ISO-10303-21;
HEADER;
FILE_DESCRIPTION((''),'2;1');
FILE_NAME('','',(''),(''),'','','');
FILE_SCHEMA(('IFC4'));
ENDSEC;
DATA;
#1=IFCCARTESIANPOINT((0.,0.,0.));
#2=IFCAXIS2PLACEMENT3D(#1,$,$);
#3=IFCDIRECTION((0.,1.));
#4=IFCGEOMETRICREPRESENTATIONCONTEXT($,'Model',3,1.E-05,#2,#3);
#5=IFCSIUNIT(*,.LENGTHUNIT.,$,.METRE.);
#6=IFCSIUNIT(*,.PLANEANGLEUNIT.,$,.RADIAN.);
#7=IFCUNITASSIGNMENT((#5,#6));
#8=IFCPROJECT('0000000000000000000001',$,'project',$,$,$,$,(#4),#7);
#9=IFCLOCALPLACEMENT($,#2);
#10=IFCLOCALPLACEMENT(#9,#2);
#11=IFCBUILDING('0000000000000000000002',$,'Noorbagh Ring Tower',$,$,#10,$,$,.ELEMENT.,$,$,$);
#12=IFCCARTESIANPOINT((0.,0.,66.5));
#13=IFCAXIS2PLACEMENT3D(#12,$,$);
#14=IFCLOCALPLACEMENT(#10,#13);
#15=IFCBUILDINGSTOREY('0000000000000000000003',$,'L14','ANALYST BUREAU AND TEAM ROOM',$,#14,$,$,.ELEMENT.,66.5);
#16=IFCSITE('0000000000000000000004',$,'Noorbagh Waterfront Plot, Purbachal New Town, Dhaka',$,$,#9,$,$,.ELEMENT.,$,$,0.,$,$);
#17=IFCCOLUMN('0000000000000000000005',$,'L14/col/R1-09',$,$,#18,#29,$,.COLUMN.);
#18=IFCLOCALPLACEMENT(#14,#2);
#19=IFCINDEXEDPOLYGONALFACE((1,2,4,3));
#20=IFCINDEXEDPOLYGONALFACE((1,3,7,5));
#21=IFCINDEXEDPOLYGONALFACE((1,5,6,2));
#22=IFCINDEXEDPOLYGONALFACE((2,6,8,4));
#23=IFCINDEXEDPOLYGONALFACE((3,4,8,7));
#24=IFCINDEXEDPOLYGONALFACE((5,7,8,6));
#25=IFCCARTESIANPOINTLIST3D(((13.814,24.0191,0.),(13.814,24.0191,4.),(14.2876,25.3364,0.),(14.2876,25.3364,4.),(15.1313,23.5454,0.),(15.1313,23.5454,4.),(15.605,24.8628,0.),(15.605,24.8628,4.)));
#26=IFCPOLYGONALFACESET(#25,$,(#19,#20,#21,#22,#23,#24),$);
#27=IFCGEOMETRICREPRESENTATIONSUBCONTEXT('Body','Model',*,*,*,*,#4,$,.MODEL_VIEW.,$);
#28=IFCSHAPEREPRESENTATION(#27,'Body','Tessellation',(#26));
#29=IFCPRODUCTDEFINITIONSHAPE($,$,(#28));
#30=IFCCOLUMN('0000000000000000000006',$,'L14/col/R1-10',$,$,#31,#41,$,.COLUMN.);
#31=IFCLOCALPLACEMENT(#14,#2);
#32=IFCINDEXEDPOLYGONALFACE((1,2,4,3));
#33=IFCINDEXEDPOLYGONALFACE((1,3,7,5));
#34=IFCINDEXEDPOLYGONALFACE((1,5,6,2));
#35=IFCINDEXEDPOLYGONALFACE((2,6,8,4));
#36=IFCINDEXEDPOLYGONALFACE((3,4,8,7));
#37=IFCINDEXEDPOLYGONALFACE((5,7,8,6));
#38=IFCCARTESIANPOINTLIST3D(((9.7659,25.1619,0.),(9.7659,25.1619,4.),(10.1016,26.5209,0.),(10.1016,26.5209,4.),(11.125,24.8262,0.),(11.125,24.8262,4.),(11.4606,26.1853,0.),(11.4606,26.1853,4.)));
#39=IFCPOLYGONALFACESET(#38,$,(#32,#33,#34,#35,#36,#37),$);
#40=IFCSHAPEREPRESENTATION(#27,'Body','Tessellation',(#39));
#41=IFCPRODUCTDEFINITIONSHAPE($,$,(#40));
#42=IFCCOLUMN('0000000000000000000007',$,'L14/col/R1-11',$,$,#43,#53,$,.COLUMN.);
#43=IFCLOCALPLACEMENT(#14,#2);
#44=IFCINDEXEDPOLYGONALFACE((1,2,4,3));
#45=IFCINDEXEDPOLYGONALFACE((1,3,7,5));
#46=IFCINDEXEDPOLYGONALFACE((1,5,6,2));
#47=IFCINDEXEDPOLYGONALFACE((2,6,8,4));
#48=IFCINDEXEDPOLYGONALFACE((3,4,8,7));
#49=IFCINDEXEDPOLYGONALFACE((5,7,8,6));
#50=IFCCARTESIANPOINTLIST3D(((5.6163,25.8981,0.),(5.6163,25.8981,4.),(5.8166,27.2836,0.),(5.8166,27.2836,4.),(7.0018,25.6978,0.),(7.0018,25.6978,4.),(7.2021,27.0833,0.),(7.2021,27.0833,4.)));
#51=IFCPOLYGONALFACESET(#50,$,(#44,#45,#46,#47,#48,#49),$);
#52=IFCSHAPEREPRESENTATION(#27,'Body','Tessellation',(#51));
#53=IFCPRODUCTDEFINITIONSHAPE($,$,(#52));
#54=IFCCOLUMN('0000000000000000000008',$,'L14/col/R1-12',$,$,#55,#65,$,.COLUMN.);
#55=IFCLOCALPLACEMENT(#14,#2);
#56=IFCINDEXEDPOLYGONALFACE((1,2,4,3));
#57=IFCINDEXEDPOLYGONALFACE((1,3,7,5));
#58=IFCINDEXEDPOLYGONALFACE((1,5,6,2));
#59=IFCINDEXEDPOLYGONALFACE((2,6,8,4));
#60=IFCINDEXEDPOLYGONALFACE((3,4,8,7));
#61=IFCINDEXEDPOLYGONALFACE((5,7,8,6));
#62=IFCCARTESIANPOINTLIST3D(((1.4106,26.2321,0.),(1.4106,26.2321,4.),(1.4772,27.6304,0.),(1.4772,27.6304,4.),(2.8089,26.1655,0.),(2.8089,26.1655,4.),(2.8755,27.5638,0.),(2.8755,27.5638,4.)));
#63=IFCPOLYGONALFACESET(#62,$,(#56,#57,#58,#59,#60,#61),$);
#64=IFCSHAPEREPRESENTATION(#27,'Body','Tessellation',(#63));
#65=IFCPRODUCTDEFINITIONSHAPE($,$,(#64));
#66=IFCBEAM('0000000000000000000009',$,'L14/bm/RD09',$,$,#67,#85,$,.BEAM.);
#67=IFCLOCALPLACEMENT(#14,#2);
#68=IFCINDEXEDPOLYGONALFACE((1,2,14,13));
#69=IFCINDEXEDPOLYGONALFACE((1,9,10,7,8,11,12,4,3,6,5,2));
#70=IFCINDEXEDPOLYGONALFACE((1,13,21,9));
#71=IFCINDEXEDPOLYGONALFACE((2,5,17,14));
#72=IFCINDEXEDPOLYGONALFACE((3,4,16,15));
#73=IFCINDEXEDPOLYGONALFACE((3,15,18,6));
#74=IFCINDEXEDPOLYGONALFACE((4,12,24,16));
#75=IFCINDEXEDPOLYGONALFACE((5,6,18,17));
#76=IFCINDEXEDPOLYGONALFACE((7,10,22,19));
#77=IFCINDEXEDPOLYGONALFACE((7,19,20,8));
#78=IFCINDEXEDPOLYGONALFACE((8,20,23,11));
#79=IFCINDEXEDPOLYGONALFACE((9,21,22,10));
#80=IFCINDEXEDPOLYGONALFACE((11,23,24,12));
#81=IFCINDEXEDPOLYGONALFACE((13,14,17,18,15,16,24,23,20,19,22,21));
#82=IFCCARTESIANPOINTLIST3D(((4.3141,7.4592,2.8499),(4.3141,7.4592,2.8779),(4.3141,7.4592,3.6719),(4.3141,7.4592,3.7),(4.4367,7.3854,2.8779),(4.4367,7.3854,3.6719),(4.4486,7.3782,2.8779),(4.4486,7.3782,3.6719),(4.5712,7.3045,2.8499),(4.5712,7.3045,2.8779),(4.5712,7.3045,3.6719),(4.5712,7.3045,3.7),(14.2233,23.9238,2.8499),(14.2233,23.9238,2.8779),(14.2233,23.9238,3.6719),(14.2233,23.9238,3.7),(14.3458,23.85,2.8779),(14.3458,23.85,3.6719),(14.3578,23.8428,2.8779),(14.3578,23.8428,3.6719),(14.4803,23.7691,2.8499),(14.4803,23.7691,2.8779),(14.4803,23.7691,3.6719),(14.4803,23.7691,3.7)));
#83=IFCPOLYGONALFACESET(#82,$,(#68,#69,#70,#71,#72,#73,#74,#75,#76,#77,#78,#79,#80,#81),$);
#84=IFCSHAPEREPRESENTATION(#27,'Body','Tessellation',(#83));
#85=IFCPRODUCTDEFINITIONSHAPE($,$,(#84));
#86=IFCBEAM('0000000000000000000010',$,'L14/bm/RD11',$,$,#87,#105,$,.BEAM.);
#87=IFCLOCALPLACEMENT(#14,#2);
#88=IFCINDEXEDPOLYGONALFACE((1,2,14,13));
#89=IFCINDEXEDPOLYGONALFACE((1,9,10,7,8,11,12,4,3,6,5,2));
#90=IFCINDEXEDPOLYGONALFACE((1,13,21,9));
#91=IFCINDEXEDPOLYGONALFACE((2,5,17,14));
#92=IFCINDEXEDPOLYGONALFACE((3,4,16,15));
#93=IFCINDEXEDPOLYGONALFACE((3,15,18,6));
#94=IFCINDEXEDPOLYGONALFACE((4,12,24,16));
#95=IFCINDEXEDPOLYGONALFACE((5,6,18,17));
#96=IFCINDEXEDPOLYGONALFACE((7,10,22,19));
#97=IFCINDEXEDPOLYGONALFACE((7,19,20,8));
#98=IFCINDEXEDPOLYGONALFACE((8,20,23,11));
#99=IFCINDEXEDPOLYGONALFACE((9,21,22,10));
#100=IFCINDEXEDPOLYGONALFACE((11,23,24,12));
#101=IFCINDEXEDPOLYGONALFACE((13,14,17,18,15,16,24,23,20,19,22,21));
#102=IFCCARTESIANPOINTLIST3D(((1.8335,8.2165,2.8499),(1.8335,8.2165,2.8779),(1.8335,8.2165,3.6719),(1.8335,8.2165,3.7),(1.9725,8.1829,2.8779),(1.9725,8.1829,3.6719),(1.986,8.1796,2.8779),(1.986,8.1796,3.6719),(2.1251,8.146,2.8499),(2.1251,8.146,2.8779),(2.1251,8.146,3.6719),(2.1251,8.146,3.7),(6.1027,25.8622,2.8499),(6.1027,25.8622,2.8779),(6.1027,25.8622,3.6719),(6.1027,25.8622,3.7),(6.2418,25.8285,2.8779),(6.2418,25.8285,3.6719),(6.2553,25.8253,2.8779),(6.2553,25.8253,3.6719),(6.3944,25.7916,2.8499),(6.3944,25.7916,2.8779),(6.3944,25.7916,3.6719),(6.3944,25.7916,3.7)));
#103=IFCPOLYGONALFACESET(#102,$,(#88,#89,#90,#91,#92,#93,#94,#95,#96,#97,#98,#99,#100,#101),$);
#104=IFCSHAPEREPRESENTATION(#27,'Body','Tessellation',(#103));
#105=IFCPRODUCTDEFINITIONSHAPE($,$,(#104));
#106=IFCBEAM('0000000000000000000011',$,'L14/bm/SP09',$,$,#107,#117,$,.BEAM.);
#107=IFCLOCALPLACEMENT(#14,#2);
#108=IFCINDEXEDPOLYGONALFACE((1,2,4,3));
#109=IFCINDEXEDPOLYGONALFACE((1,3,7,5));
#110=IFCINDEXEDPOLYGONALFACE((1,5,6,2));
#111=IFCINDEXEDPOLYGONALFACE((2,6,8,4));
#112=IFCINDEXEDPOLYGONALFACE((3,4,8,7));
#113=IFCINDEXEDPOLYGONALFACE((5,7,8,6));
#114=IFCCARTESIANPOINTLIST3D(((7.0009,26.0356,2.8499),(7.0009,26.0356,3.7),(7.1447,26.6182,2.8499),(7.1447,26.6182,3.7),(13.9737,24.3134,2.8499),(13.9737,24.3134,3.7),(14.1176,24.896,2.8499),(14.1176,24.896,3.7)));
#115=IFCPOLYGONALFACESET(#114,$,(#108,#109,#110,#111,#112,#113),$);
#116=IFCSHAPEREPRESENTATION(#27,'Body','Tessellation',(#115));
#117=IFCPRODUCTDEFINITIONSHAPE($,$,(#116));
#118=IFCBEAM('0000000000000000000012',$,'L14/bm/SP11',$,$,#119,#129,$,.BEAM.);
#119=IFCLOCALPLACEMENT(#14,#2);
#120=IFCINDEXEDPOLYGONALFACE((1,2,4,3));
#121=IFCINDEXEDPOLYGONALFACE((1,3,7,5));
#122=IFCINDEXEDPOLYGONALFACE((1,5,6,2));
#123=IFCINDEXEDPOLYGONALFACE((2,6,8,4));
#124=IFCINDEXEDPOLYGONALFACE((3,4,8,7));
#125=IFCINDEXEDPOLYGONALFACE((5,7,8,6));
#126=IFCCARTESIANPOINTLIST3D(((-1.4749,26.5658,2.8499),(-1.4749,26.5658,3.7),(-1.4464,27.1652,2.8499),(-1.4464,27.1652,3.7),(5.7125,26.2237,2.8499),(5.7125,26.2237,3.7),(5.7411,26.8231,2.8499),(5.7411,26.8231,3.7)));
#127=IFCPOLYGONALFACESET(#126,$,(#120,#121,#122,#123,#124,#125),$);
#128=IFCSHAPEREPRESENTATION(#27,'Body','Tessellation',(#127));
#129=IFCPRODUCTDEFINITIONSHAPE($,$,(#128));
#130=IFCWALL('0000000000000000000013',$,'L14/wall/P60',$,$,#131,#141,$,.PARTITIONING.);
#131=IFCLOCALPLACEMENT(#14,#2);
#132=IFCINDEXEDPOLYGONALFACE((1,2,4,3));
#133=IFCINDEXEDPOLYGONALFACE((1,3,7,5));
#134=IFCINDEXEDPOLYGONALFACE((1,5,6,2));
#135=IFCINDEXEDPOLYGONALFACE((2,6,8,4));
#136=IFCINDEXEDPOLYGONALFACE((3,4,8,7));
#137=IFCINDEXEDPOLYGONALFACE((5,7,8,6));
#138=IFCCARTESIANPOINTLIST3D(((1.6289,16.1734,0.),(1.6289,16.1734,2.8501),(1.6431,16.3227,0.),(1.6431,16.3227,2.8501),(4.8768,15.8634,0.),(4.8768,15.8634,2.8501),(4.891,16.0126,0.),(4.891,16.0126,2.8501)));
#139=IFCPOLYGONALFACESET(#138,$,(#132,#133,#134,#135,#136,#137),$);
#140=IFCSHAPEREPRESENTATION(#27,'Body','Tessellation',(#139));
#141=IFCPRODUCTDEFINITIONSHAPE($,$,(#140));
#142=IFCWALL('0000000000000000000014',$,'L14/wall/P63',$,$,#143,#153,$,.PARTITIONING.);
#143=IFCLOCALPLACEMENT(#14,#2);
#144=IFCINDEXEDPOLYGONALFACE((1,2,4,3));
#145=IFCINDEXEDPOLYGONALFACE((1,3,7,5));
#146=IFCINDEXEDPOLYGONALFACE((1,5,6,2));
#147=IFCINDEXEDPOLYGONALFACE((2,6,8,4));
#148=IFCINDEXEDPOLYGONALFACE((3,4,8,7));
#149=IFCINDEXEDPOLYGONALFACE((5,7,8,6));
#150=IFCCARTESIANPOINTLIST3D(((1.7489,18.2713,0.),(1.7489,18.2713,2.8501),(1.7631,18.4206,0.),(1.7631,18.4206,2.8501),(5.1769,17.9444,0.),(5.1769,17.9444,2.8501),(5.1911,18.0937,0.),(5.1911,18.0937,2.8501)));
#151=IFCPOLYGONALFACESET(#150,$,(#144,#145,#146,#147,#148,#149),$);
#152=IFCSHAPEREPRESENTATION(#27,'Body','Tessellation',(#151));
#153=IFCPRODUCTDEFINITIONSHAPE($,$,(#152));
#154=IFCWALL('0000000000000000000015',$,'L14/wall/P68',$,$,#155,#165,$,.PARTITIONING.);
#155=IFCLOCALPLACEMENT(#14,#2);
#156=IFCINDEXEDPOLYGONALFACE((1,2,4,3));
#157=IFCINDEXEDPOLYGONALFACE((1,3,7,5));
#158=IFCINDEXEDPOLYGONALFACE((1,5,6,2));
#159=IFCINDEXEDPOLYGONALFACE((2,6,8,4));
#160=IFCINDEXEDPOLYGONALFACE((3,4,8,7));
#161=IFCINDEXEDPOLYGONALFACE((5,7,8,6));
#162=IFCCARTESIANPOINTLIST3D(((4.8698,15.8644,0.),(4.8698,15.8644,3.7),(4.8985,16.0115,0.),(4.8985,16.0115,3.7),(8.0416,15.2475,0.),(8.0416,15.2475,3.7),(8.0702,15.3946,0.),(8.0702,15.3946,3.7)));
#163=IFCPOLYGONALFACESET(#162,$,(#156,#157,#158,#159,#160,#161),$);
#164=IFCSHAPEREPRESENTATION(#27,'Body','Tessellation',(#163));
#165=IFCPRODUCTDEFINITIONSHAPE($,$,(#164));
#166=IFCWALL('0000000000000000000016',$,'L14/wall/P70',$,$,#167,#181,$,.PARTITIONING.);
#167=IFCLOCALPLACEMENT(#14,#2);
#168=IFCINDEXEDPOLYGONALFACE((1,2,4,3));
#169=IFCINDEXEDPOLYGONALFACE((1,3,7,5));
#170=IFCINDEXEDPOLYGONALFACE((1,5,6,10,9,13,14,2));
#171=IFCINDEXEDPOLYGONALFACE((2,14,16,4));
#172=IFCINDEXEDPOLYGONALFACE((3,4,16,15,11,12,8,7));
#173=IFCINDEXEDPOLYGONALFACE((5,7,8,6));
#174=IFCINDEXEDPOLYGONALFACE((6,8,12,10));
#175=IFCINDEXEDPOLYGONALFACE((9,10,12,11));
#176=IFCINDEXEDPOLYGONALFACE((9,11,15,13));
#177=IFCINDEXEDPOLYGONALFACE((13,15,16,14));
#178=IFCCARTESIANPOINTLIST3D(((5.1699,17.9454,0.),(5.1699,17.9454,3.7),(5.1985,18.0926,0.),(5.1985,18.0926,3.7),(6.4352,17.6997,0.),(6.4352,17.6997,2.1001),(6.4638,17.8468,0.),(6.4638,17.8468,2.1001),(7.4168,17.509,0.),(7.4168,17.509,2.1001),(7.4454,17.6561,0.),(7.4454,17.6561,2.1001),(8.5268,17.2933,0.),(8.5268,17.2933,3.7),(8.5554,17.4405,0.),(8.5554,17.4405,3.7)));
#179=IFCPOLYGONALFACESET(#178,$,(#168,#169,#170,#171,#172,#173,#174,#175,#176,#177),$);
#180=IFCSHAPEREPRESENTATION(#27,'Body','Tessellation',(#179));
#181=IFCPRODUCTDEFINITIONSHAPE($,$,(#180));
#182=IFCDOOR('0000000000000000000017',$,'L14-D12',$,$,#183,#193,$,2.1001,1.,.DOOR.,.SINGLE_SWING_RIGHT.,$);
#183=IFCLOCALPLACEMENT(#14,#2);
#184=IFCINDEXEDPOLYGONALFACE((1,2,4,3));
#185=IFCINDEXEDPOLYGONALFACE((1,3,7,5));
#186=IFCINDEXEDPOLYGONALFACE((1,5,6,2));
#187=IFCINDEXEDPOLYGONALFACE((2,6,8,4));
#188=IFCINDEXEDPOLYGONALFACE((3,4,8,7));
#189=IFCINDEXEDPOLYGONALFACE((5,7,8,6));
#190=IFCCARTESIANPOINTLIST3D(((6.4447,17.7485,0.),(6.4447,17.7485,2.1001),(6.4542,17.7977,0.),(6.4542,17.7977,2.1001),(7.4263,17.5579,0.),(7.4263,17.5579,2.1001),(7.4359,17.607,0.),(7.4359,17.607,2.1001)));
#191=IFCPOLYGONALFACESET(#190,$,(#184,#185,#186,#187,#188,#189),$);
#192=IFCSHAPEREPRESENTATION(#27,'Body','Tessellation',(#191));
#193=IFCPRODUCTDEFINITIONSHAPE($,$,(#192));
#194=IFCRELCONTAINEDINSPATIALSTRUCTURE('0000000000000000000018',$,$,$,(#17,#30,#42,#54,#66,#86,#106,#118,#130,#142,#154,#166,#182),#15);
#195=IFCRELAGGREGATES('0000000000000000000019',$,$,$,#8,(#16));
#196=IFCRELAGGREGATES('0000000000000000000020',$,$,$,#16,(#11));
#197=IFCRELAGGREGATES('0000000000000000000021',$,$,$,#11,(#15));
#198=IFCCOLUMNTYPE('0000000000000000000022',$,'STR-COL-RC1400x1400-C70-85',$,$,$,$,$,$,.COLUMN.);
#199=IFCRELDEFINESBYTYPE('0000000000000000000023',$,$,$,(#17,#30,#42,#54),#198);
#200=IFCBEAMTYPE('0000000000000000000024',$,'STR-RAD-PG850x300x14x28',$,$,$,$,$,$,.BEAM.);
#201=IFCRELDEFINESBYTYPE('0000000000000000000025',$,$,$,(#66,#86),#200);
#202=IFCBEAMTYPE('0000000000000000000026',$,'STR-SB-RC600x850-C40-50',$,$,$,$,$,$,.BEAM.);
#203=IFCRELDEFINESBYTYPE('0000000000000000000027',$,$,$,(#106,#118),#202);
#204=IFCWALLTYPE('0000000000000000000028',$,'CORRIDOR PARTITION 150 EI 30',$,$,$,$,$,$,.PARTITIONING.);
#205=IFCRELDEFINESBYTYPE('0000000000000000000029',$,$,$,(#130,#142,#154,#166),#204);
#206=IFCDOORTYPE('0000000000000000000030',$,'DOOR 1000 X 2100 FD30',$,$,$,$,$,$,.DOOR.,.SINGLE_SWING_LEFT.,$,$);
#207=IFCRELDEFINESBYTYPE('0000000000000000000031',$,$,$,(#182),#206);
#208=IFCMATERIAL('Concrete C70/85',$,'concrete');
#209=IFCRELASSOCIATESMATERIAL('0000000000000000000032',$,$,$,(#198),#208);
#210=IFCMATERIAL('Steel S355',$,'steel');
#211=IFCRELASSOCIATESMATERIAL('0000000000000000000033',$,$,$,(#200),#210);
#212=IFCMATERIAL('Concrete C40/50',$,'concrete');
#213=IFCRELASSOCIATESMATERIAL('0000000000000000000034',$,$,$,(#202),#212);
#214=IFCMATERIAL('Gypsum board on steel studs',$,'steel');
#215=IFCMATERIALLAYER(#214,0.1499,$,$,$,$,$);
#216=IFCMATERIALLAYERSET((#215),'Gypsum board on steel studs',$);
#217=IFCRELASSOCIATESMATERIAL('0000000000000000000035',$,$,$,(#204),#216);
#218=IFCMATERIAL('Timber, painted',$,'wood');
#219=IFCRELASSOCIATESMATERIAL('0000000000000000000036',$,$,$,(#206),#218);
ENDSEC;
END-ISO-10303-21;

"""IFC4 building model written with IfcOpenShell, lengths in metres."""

from ifc_helpers import new_model, si_unit, direction, frame, frame_2d, origin, origin_2d, place, context, subcontext, project, spatial, rectangle, i_section, extrude, material, layer, layer_set, material_profile, profile_set, type_object, element, fill, save


model = new_model("IFC4")

# Units and contexts
model_context = context("Model", 3, precision=1e-05, world=origin(), true_north=direction((0.0, 1.0)))
body_context = subcontext(model_context, "Body", "Model", "MODEL_VIEW")
ifc_project = project(units=[si_unit("LENGTHUNIT", "METRE"), si_unit("PLANEANGLEUNIT", "RADIAN")], contexts=[model_context])

# Site, building, storey
site_placement = place(None, origin())
site = spatial("IfcSite", under=ifc_project, at=site_placement, Name="Noorbagh Waterfront Plot, Purbachal New Town, Dhaka", CompositionType="ELEMENT", RefElevation=0.0)
building_placement = place(site_placement, origin())
building = spatial("IfcBuilding", under=site, at=building_placement, Name="Noorbagh Ring Tower", CompositionType="ELEMENT")
storey_placement = place(building_placement, frame((0.0, 0.0, 66.5)))
storey = spatial("IfcBuildingStorey", under=building, at=storey_placement, Name="L14", Description="ANALYST BUREAU AND TEAM ROOM", CompositionType="ELEMENT", Elevation=66.5)

# Columns
ifc_material_1 = material(Name="Concrete C70/85", Category="concrete")
ifc_material_profile_1 = material_profile(ifc_material_1, rectangle(XDim=1.3999, YDim=1.3999, at=origin_2d()), Name="RC1400x1400")
ifc_profile_set_1 = profile_set([ifc_material_profile_1], Name="Concrete C70/85")
column_type = type_object("IfcColumnType", Name="STR-COL-RC1400x1400-C70-85", PredefinedType="COLUMN", material=ifc_profile_set_1)
for number, where, z_axis, x_axis, name in (
    (1, (14.7095, 24.4409, 0.0), (0.0, 0.0, 1.0), (-0.941025, 0.338338, 0.0), "L14/col/R1-09"),
    (2, (10.6133, 25.6736, 0.0), (0.0, 0.0, 1.0), (-0.970829, 0.239771, 0.0), "L14/col/R1-10"),
    (3, (6.4092, 26.4907, 0.0), (0.0, 0.0, 1.0), (-0.989713, 0.143066, 0.0), "L14/col/R1-11"),
    (4, (2.1431, 26.8979, 0.0), (0.0, 0.0, 1.0), (-0.998869, 0.047553, 0.0), "L14/col/R1-12"),
):
    element("IfcColumn", number, at=place(storey_placement, frame(where, z_axis=z_axis, x_axis=x_axis)), inside=storey, type_object=column_type, Name=name, PredefinedType="COLUMN", context=body_context, shape_type="SweptSolid", body=[
        extrude(rectangle(XDim=1.3999, YDim=1.3999, at=origin_2d()), origin(), (0.0, 0.0, 1.0), 4.0),
    ])

# Beams
ifc_material_2 = material(Name="Steel S355", Category="steel")
ifc_material_profile_2 = material_profile(ifc_material_2, i_section(OverallWidth=0.3, OverallDepth=0.8501, WebThickness=0.0139, FlangeThickness=0.0281, at=origin_2d()), Name="PG850x300x14x28")
ifc_profile_set_2 = profile_set([ifc_material_profile_2], Name="Steel S355")
beam_type_1 = type_object("IfcBeamType", Name="STR-RAD-PG850x300x14x28", PredefinedType="BEAM", material=ifc_profile_set_2)
beam_1_placement = place(storey_placement, frame((14.3518, 23.8464, 3.2749), z_axis=(-0.515659, -0.856794, 0.0), x_axis=(0.856794, -0.515659, 0.0)))
element("IfcBeam", 5, at=beam_1_placement, inside=storey, type_object=beam_type_1, Name="L14/bm/RD09", PredefinedType="BEAM", context=body_context, shape_type="SweptSolid", body=[
    extrude(i_section(OverallWidth=0.3, OverallDepth=0.8501, WebThickness=0.0139, FlangeThickness=0.0281, at=origin_2d()), origin(), (0.0, 0.0, 1.0), 19.2166),
])
beam_2_placement = place(storey_placement, frame((6.2485, 25.8269, 3.2749), z_axis=(-0.235159, -0.971957, 0.0), x_axis=(0.971957, -0.235159, 0.0)))
element("IfcBeam", 6, at=beam_2_placement, inside=storey, type_object=beam_type_1, Name="L14/bm/RD11", PredefinedType="BEAM", context=body_context, shape_type="SweptSolid", body=[
    extrude(i_section(OverallWidth=0.3, OverallDepth=0.8501, WebThickness=0.0139, FlangeThickness=0.0281, at=origin_2d()), origin(), (0.0, 0.0, 1.0), 18.1548),
])
ifc_material_3 = material(Name="Concrete C40/50", Category="concrete")
ifc_material_profile_3 = material_profile(ifc_material_3, rectangle(XDim=0.6001, YDim=0.8501, at=origin_2d()), Name="RC600x850")
ifc_profile_set_3 = profile_set([ifc_material_profile_3], Name="Concrete C40/50")
beam_type_2 = type_object("IfcBeamType", Name="STR-SB-RC600x850-C40-50", PredefinedType="BEAM", material=ifc_profile_set_3)
beam_3_placement = place(storey_placement, frame((14.0457, 24.6047, 3.2749), z_axis=(-0.970828, 0.239775, 0.0), x_axis=(-0.239775, -0.970828, 0.0)))
element("IfcBeam", 7, at=beam_3_placement, inside=storey, type_object=beam_type_2, Name="L14/bm/SP09", PredefinedType="BEAM", context=body_context, shape_type="SweptSolid", body=[
    extrude(rectangle(XDim=0.6001, YDim=0.8501, at=origin_2d()), origin(), (0.0, 0.0, 1.0), 7.1824),
])
beam_4_placement = place(storey_placement, frame((5.7268, 26.5234, 3.2749), z_axis=(-0.99887, 0.047535, 0.0), x_axis=(-0.047535, -0.99887, 0.0)))
element("IfcBeam", 8, at=beam_4_placement, inside=storey, type_object=beam_type_2, Name="L14/bm/SP11", PredefinedType="BEAM", context=body_context, shape_type="SweptSolid", body=[
    extrude(rectangle(XDim=0.6001, YDim=0.8501, at=origin_2d()), origin(), (0.0, 0.0, 1.0), 7.1956),
])

# Walls
ifc_material_4 = material(Name="Gypsum board on steel studs", Category="steel")
ifc_layer_1 = layer(ifc_material_4, 0.1499)
ifc_layer_set_1 = layer_set([ifc_layer_1], Name="Gypsum board on steel studs")
wall_type_1 = type_object("IfcWallType", Name="CORRIDOR PARTITION 150 EI 30", PredefinedType="PARTITIONING", material=ifc_layer_set_1)
wall_1_placement = place(storey_placement, frame((1.636, 16.248, 0.0), z_axis=(0.0, 0.0, 1.0), x_axis=(0.995475, -0.095028, 0.0)))
element("IfcWall", 9, at=wall_1_placement, inside=storey, type_object=wall_type_1, Name="L14/wall/P60", PredefinedType="PARTITIONING", context=body_context, shape_type="SweptSolid", body=[
    extrude(rectangle(XDim=3.2627, YDim=0.1499, at=frame_2d((1.6313, 0.0))), origin(), (0.0, 0.0, 1.0), 2.8501),
])
wall_2_placement = place(storey_placement, frame((1.7561, 18.3459, 0.0), z_axis=(0.0, 0.0, 1.0), x_axis=(0.995484, -0.094933, 0.0)))
element("IfcWall", 10, at=wall_2_placement, inside=storey, type_object=wall_type_1, Name="L14/wall/P63", PredefinedType="PARTITIONING", context=body_context, shape_type="SweptSolid", body=[
    extrude(rectangle(XDim=3.4436, YDim=0.1499, at=frame_2d((1.7217, 0.0))), origin(), (0.0, 0.0, 1.0), 2.8501),
])
wall_3_placement = place(storey_placement, frame((4.884, 15.938, 0.0), z_axis=(0.0, 0.0, 1.0), x_axis=(0.981604, -0.190926, 0.0)))
element("IfcWall", 11, at=wall_3_placement, inside=storey, type_object=wall_type_1, Name="L14/wall/P68", PredefinedType="PARTITIONING", context=body_context, shape_type="SweptSolid", body=[
    extrude(rectangle(XDim=3.2312, YDim=0.1499, at=frame_2d((1.6157, 0.0))), origin(), (0.0, 0.0, 1.0), 3.7),
])

# Wall, opening, door
wall_4_placement = place(storey_placement, frame((5.1841, 18.019, 0.0), z_axis=(0.0, 0.0, 1.0), x_axis=(0.98165, -0.19069, 0.0)))
wall_4 = element("IfcWall", 12, at=wall_4_placement, inside=storey, type_object=wall_type_1, Name="L14/wall/P70", PredefinedType="PARTITIONING", context=body_context, shape_type="SweptSolid", body=[
    extrude(rectangle(XDim=3.4197, YDim=0.1499, at=frame_2d((1.71, 0.0))), origin(), (0.0, 0.0, 1.0), 3.7),
])
opening_1_placement = place(wall_4_placement, frame((1.2891, 0.0, 0.0)))
opening_1 = element("IfcOpeningElement", 13, at=opening_1_placement, cuts=wall_4, PredefinedType="OPENING", context=body_context, shape_type="SweptSolid", body=[
    extrude(rectangle(XDim=1.0, YDim=2.1001, at=frame_2d((0.5, 1.05))), frame((0.0, 0.085, 0.0), z_axis=(0.0, -1.0, 0.0), x_axis=(1.0, 0.0, 0.0)), (0.0, 0.0, 1.0), 0.1699),
])
ifc_material_5 = material(Name="Timber, painted", Category="wood")
door_type = type_object("IfcDoorType", Name="DOOR 1000 X 2100 FD30", OperationType="SINGLE_SWING_LEFT", PredefinedType="DOOR", material=ifc_material_5)
door_1_placement = place(opening_1_placement, origin())
door_1 = element("IfcDoor", 14, at=door_1_placement, inside=storey, type_object=door_type, Name="L14-D12", OperationType="SINGLE_SWING_RIGHT", OverallHeight=2.1001, OverallWidth=1.0, PredefinedType="DOOR", context=body_context, shape_type="SweptSolid", body=[
    extrude(rectangle(XDim=1.0, YDim=2.1001, at=frame_2d((0.5, 1.05))), frame((0.0, 0.0249, 0.0), z_axis=(0.0, -1.0, 0.0), x_axis=(1.0, 0.0, 0.0)), (0.0, 0.0, 1.0), 0.05),
])
fill(opening_1, door_1)

save(model, "model.ifc")
